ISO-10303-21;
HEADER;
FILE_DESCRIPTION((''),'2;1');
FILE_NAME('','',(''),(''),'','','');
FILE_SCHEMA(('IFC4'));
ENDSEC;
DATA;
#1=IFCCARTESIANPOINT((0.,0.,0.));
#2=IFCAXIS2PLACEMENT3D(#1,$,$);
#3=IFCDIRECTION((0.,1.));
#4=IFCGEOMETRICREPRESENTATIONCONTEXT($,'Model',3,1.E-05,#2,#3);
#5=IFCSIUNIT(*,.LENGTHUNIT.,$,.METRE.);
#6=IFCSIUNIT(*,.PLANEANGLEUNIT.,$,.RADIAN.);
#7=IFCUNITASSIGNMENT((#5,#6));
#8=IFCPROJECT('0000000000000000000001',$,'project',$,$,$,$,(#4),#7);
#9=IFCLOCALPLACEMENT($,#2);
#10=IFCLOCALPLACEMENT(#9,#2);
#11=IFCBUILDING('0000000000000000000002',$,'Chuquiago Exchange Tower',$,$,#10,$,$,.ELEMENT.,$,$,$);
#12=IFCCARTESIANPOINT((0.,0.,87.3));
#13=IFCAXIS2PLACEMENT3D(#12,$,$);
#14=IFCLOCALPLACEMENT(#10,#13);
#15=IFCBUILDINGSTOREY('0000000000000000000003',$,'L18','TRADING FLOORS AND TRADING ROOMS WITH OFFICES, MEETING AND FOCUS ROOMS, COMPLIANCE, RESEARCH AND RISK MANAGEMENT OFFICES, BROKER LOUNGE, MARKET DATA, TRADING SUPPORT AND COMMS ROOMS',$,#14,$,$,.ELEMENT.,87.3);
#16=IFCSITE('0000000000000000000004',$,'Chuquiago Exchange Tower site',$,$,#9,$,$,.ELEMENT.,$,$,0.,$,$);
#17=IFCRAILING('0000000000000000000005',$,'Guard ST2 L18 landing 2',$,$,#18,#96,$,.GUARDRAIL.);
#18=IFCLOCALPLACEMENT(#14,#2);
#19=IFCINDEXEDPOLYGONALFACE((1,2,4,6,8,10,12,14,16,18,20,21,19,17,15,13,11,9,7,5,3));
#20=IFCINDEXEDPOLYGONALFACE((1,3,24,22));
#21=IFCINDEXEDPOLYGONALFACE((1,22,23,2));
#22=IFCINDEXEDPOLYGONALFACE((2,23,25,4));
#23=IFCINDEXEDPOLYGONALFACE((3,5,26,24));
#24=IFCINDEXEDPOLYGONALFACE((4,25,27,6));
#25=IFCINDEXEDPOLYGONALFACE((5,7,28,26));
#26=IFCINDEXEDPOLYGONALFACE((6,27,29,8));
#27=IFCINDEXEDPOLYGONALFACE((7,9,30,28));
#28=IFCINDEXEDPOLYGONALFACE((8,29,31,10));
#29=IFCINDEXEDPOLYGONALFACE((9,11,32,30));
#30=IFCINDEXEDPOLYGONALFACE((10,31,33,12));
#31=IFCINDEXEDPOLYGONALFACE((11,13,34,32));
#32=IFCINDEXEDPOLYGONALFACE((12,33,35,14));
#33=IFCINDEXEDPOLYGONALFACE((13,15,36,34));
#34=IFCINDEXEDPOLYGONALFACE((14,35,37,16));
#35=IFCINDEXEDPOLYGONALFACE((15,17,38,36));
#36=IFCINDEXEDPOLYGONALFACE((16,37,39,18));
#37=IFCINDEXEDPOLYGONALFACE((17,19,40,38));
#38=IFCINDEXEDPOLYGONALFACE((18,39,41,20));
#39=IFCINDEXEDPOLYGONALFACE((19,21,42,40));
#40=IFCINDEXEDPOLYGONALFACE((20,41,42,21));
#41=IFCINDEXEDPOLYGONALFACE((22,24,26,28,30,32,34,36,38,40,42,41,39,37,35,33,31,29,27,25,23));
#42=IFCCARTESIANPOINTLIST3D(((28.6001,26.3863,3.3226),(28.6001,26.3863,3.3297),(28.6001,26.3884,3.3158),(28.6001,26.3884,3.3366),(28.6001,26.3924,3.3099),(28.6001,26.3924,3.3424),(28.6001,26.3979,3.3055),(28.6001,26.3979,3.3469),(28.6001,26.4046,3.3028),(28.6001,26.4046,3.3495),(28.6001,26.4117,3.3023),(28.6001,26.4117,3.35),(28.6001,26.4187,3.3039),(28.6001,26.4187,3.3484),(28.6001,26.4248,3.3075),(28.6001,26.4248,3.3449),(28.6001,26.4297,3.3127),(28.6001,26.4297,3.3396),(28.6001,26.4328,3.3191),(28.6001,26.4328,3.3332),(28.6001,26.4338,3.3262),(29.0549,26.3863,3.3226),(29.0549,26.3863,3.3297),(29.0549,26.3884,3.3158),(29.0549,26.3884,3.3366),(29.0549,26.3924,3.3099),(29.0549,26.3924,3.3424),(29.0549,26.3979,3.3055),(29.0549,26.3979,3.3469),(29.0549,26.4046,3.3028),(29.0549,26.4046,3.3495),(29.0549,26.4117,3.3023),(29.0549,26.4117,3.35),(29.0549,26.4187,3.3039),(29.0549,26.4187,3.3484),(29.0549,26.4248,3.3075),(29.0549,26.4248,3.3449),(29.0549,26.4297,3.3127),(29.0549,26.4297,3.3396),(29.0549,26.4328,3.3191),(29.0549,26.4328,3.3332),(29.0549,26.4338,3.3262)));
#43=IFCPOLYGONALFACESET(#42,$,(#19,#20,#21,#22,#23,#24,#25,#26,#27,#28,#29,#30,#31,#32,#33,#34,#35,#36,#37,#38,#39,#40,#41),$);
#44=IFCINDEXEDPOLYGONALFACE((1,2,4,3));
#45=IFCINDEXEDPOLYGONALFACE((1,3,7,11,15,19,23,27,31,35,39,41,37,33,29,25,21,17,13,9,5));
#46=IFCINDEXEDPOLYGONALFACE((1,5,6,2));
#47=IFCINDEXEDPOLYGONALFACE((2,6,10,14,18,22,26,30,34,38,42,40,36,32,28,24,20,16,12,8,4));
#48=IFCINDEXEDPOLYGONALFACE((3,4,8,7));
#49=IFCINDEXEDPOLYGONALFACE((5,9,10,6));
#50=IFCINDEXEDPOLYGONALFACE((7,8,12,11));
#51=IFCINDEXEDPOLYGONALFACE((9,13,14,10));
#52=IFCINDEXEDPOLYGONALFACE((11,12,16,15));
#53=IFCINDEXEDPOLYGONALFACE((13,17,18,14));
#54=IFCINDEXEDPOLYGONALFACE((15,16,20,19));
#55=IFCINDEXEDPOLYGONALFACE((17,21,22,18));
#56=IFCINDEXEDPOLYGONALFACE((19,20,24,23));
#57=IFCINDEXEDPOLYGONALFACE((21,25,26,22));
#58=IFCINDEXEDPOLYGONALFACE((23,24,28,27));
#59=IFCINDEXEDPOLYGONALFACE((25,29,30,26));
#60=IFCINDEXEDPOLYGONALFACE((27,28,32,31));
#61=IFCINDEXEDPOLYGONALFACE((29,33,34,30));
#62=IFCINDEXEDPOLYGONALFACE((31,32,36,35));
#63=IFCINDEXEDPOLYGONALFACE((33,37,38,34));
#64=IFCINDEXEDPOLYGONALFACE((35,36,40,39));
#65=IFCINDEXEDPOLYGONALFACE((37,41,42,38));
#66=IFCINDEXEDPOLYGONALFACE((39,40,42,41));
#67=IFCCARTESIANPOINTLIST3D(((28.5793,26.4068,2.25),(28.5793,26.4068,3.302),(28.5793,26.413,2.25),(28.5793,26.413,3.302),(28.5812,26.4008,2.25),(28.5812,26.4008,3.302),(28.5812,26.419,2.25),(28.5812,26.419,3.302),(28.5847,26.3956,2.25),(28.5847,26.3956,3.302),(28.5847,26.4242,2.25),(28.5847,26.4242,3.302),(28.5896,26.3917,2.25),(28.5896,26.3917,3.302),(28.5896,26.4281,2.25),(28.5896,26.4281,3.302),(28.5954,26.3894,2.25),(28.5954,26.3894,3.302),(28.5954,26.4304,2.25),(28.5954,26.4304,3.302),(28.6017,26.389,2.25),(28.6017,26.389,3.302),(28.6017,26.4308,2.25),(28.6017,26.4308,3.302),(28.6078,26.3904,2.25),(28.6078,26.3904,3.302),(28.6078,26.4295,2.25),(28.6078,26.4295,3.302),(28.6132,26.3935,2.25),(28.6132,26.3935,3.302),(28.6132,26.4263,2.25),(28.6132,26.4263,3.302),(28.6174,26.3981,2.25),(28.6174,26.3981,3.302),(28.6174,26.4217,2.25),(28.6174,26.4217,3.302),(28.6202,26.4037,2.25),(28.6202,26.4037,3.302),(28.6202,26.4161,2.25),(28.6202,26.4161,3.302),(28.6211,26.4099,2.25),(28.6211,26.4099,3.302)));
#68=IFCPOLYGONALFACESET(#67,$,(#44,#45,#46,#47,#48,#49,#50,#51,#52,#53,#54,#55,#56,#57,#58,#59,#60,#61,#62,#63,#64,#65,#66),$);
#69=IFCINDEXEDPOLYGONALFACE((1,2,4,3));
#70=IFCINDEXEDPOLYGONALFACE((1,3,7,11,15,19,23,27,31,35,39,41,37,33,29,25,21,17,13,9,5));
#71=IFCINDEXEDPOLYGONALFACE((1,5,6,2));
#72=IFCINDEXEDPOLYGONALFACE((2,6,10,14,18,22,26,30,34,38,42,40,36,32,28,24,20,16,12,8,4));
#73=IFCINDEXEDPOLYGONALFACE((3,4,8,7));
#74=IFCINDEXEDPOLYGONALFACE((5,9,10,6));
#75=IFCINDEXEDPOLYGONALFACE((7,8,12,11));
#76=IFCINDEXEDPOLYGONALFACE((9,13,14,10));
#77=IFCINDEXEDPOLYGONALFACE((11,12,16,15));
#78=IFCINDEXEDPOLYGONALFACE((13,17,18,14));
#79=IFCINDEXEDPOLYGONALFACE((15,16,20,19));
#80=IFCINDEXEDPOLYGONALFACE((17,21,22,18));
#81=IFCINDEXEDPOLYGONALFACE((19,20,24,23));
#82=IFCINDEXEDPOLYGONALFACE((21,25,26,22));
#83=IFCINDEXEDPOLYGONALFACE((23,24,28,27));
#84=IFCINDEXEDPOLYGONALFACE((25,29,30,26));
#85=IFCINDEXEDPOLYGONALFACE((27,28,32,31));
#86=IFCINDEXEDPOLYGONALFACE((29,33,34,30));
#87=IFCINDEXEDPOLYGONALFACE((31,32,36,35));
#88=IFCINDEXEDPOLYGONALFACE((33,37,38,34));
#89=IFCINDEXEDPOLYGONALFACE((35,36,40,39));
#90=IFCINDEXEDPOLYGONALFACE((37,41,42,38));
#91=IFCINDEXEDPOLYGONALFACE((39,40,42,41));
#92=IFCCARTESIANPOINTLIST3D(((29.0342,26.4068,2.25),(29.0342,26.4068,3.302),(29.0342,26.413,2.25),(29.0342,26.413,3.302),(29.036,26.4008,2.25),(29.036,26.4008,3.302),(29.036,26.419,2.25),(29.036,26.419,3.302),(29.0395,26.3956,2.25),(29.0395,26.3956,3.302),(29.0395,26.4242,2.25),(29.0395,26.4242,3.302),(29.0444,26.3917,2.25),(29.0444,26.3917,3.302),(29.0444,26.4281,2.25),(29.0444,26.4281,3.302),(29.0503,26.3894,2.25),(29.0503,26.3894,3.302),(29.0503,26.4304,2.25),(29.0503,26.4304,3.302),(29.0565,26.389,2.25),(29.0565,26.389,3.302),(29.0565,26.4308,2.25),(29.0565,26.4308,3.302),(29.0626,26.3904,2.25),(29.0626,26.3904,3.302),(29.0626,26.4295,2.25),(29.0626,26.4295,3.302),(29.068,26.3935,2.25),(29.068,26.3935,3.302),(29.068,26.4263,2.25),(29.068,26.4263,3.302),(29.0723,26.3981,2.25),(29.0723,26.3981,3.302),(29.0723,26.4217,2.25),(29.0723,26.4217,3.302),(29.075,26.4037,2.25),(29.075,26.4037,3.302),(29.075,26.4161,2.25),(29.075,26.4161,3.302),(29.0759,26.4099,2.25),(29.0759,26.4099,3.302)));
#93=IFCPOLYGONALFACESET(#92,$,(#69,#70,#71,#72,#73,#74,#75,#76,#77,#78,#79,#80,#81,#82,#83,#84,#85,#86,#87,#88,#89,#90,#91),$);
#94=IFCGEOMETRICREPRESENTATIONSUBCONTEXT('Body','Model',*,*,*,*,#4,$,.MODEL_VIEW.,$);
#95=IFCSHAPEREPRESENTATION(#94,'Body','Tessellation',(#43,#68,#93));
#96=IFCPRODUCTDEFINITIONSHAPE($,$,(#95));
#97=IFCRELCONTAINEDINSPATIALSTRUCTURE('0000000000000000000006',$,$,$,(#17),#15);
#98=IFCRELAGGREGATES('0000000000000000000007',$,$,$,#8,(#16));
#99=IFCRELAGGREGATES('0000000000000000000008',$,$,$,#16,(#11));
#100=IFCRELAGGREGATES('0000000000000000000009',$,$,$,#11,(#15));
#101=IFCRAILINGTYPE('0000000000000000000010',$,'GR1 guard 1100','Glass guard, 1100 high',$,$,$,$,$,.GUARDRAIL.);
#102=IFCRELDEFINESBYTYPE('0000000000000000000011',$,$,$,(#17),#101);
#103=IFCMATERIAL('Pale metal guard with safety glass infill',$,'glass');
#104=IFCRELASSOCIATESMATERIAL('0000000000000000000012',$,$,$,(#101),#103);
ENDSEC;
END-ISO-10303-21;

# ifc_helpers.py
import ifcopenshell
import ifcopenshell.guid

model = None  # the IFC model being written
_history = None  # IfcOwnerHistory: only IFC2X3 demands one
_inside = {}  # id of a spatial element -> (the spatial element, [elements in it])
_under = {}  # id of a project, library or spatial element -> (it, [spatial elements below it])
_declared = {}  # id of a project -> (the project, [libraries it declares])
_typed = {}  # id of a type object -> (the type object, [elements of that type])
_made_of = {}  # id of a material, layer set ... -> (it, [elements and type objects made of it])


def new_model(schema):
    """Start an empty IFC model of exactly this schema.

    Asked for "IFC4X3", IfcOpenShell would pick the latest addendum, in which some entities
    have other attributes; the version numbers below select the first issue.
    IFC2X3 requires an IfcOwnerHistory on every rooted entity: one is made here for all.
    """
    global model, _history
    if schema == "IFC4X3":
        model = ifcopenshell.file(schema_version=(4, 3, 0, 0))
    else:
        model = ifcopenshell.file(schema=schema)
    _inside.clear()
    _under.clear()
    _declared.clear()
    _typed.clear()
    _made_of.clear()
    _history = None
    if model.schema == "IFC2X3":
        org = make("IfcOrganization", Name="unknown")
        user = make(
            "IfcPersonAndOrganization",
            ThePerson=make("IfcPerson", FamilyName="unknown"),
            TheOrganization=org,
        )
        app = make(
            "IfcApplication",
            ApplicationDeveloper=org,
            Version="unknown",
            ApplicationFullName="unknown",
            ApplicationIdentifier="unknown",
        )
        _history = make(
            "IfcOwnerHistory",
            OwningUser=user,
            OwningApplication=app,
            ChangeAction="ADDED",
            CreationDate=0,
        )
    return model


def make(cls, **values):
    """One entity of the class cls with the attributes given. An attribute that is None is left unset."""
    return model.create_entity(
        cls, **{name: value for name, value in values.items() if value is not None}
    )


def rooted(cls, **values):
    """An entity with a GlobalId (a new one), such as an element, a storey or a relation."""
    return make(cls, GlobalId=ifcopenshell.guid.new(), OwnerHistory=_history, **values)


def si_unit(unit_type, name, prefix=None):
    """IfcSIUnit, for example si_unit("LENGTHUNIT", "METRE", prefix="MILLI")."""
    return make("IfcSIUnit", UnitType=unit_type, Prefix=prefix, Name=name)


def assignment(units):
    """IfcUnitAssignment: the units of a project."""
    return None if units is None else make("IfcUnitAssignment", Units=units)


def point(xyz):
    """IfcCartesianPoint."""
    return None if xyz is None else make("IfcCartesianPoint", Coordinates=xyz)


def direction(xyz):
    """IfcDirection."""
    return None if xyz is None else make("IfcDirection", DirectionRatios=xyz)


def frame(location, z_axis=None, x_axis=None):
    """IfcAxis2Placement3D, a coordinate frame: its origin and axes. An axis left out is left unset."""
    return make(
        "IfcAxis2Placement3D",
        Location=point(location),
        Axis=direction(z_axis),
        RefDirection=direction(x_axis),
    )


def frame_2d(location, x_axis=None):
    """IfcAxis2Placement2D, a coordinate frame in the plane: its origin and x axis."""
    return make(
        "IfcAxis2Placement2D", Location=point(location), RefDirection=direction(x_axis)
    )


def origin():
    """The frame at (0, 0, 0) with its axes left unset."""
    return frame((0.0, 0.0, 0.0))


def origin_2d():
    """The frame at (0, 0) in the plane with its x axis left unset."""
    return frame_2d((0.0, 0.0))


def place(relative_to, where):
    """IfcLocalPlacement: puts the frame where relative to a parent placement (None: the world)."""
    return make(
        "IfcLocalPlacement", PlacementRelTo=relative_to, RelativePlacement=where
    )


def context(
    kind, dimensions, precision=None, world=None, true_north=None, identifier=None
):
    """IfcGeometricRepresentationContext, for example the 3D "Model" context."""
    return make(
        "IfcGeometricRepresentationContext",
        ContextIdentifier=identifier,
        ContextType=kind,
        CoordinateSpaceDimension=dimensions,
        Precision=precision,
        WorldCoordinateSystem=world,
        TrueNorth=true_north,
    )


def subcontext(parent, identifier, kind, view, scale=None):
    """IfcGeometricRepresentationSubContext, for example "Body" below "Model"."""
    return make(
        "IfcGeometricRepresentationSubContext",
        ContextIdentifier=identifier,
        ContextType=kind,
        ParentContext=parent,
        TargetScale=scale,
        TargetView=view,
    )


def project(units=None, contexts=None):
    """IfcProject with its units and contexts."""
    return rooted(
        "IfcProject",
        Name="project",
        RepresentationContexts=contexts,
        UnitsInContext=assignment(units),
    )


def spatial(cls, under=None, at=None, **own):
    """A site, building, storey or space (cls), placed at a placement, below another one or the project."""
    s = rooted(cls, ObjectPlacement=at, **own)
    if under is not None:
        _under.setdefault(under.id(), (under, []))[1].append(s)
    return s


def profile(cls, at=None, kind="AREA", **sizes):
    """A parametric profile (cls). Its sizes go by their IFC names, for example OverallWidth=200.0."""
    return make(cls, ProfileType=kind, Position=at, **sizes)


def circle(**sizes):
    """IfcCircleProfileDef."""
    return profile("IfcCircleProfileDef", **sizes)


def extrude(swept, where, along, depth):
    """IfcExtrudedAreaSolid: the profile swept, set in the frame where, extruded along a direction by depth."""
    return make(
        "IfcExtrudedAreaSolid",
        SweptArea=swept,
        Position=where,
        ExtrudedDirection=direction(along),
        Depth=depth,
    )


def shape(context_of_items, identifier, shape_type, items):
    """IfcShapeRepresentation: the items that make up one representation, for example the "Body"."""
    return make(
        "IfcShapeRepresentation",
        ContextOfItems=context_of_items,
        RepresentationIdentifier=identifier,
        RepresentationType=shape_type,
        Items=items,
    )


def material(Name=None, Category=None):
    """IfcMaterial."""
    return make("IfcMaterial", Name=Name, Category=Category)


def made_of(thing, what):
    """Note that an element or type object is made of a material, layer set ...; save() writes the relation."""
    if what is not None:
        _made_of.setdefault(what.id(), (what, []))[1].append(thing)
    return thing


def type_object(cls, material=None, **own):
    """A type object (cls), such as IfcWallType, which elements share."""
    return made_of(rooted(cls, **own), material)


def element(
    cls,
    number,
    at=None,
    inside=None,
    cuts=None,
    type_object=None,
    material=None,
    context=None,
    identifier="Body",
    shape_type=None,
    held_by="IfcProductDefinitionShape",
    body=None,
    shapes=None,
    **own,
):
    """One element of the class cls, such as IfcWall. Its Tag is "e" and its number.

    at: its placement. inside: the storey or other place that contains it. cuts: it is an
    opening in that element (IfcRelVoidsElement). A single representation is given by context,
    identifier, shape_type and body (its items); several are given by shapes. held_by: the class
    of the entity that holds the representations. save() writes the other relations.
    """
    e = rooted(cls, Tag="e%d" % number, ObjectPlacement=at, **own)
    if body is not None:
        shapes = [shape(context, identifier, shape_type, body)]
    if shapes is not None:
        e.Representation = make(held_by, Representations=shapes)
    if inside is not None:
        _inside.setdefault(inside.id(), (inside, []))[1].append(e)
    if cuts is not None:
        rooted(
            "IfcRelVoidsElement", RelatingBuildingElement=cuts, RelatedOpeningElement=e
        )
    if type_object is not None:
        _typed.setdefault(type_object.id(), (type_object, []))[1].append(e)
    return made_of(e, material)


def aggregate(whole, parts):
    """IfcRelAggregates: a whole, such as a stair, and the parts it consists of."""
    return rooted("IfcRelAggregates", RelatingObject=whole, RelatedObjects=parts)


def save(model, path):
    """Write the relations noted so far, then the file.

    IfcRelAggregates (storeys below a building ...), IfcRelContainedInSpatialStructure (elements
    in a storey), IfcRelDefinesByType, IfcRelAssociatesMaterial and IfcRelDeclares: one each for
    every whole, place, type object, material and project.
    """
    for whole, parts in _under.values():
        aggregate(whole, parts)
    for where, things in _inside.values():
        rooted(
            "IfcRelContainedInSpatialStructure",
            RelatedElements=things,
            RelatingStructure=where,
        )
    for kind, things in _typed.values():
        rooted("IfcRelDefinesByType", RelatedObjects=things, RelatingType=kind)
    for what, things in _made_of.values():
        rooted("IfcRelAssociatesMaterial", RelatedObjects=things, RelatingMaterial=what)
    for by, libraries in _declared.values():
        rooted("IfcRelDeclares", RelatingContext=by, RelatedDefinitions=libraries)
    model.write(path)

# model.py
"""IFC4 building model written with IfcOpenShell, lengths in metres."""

from ifc_helpers import new_model, si_unit, direction, frame, origin, origin_2d, place, context, subcontext, project, spatial, circle, extrude, material, type_object, element, save


model = new_model("IFC4")

# Units and contexts
model_context = context("Model", 3, precision=1e-05, world=origin(), true_north=direction((0.0, 1.0)))
body_context = subcontext(model_context, "Body", "Model", "MODEL_VIEW")
ifc_project = project(units=[si_unit("LENGTHUNIT", "METRE"), si_unit("PLANEANGLEUNIT", "RADIAN")], contexts=[model_context])

# Site, building, storey
site_placement = place(None, origin())
site = spatial("IfcSite", under=ifc_project, at=site_placement, Name="Chuquiago Exchange Tower site", CompositionType="ELEMENT", RefElevation=0.0)
building_placement = place(site_placement, origin())
building = spatial("IfcBuilding", under=site, at=building_placement, Name="Chuquiago Exchange Tower", CompositionType="ELEMENT")
storey_placement = place(building_placement, frame((0.0, 0.0, 87.3)))
storey = spatial("IfcBuildingStorey", under=building, at=storey_placement, Name="L18", Description="TRADING FLOORS AND TRADING ROOMS WITH OFFICES, MEETING AND FOCUS ROOMS, COMPLIANCE, RESEARCH AND RISK MANAGEMENT OFFICES, BROKER LOUNGE, MARKET DATA, TRADING SUPPORT AND COMMS ROOMS", CompositionType="ELEMENT", Elevation=87.3)

# Railing
ifc_material_1 = material(Name="Pale metal guard with safety glass infill", Category="glass")
railing_type = type_object("IfcRailingType", Name="GR1 guard 1100", Description="Glass guard, 1100 high", PredefinedType="GUARDRAIL", material=ifc_material_1)
railing_placement = place(storey_placement, frame((28.6001, 26.4099, 2.25)))
element("IfcRailing", 1, at=railing_placement, inside=storey, type_object=railing_type, Name="Guard ST2 L18 landing 2", PredefinedType="GUARDRAIL", context=body_context, shape_type="SweptSolid", body=[
    extrude(circle(Radius=0.0239, at=origin_2d()), frame((0.0, 0.0, 1.0762), z_axis=(1.0, 0.0, 0.0), x_axis=(0.0, 1.0, 0.0)), (0.0, 0.0, 1.0), 0.4548),
    extrude(circle(Radius=0.021, at=origin_2d()), origin(), (0.0, 0.0, 1.0), 1.052),
    extrude(circle(Radius=0.021, at=origin_2d()), frame((0.4548, 0.0, 0.0)), (0.0, 0.0, 1.0), 1.052),
])

save(model, "model.ifc")
